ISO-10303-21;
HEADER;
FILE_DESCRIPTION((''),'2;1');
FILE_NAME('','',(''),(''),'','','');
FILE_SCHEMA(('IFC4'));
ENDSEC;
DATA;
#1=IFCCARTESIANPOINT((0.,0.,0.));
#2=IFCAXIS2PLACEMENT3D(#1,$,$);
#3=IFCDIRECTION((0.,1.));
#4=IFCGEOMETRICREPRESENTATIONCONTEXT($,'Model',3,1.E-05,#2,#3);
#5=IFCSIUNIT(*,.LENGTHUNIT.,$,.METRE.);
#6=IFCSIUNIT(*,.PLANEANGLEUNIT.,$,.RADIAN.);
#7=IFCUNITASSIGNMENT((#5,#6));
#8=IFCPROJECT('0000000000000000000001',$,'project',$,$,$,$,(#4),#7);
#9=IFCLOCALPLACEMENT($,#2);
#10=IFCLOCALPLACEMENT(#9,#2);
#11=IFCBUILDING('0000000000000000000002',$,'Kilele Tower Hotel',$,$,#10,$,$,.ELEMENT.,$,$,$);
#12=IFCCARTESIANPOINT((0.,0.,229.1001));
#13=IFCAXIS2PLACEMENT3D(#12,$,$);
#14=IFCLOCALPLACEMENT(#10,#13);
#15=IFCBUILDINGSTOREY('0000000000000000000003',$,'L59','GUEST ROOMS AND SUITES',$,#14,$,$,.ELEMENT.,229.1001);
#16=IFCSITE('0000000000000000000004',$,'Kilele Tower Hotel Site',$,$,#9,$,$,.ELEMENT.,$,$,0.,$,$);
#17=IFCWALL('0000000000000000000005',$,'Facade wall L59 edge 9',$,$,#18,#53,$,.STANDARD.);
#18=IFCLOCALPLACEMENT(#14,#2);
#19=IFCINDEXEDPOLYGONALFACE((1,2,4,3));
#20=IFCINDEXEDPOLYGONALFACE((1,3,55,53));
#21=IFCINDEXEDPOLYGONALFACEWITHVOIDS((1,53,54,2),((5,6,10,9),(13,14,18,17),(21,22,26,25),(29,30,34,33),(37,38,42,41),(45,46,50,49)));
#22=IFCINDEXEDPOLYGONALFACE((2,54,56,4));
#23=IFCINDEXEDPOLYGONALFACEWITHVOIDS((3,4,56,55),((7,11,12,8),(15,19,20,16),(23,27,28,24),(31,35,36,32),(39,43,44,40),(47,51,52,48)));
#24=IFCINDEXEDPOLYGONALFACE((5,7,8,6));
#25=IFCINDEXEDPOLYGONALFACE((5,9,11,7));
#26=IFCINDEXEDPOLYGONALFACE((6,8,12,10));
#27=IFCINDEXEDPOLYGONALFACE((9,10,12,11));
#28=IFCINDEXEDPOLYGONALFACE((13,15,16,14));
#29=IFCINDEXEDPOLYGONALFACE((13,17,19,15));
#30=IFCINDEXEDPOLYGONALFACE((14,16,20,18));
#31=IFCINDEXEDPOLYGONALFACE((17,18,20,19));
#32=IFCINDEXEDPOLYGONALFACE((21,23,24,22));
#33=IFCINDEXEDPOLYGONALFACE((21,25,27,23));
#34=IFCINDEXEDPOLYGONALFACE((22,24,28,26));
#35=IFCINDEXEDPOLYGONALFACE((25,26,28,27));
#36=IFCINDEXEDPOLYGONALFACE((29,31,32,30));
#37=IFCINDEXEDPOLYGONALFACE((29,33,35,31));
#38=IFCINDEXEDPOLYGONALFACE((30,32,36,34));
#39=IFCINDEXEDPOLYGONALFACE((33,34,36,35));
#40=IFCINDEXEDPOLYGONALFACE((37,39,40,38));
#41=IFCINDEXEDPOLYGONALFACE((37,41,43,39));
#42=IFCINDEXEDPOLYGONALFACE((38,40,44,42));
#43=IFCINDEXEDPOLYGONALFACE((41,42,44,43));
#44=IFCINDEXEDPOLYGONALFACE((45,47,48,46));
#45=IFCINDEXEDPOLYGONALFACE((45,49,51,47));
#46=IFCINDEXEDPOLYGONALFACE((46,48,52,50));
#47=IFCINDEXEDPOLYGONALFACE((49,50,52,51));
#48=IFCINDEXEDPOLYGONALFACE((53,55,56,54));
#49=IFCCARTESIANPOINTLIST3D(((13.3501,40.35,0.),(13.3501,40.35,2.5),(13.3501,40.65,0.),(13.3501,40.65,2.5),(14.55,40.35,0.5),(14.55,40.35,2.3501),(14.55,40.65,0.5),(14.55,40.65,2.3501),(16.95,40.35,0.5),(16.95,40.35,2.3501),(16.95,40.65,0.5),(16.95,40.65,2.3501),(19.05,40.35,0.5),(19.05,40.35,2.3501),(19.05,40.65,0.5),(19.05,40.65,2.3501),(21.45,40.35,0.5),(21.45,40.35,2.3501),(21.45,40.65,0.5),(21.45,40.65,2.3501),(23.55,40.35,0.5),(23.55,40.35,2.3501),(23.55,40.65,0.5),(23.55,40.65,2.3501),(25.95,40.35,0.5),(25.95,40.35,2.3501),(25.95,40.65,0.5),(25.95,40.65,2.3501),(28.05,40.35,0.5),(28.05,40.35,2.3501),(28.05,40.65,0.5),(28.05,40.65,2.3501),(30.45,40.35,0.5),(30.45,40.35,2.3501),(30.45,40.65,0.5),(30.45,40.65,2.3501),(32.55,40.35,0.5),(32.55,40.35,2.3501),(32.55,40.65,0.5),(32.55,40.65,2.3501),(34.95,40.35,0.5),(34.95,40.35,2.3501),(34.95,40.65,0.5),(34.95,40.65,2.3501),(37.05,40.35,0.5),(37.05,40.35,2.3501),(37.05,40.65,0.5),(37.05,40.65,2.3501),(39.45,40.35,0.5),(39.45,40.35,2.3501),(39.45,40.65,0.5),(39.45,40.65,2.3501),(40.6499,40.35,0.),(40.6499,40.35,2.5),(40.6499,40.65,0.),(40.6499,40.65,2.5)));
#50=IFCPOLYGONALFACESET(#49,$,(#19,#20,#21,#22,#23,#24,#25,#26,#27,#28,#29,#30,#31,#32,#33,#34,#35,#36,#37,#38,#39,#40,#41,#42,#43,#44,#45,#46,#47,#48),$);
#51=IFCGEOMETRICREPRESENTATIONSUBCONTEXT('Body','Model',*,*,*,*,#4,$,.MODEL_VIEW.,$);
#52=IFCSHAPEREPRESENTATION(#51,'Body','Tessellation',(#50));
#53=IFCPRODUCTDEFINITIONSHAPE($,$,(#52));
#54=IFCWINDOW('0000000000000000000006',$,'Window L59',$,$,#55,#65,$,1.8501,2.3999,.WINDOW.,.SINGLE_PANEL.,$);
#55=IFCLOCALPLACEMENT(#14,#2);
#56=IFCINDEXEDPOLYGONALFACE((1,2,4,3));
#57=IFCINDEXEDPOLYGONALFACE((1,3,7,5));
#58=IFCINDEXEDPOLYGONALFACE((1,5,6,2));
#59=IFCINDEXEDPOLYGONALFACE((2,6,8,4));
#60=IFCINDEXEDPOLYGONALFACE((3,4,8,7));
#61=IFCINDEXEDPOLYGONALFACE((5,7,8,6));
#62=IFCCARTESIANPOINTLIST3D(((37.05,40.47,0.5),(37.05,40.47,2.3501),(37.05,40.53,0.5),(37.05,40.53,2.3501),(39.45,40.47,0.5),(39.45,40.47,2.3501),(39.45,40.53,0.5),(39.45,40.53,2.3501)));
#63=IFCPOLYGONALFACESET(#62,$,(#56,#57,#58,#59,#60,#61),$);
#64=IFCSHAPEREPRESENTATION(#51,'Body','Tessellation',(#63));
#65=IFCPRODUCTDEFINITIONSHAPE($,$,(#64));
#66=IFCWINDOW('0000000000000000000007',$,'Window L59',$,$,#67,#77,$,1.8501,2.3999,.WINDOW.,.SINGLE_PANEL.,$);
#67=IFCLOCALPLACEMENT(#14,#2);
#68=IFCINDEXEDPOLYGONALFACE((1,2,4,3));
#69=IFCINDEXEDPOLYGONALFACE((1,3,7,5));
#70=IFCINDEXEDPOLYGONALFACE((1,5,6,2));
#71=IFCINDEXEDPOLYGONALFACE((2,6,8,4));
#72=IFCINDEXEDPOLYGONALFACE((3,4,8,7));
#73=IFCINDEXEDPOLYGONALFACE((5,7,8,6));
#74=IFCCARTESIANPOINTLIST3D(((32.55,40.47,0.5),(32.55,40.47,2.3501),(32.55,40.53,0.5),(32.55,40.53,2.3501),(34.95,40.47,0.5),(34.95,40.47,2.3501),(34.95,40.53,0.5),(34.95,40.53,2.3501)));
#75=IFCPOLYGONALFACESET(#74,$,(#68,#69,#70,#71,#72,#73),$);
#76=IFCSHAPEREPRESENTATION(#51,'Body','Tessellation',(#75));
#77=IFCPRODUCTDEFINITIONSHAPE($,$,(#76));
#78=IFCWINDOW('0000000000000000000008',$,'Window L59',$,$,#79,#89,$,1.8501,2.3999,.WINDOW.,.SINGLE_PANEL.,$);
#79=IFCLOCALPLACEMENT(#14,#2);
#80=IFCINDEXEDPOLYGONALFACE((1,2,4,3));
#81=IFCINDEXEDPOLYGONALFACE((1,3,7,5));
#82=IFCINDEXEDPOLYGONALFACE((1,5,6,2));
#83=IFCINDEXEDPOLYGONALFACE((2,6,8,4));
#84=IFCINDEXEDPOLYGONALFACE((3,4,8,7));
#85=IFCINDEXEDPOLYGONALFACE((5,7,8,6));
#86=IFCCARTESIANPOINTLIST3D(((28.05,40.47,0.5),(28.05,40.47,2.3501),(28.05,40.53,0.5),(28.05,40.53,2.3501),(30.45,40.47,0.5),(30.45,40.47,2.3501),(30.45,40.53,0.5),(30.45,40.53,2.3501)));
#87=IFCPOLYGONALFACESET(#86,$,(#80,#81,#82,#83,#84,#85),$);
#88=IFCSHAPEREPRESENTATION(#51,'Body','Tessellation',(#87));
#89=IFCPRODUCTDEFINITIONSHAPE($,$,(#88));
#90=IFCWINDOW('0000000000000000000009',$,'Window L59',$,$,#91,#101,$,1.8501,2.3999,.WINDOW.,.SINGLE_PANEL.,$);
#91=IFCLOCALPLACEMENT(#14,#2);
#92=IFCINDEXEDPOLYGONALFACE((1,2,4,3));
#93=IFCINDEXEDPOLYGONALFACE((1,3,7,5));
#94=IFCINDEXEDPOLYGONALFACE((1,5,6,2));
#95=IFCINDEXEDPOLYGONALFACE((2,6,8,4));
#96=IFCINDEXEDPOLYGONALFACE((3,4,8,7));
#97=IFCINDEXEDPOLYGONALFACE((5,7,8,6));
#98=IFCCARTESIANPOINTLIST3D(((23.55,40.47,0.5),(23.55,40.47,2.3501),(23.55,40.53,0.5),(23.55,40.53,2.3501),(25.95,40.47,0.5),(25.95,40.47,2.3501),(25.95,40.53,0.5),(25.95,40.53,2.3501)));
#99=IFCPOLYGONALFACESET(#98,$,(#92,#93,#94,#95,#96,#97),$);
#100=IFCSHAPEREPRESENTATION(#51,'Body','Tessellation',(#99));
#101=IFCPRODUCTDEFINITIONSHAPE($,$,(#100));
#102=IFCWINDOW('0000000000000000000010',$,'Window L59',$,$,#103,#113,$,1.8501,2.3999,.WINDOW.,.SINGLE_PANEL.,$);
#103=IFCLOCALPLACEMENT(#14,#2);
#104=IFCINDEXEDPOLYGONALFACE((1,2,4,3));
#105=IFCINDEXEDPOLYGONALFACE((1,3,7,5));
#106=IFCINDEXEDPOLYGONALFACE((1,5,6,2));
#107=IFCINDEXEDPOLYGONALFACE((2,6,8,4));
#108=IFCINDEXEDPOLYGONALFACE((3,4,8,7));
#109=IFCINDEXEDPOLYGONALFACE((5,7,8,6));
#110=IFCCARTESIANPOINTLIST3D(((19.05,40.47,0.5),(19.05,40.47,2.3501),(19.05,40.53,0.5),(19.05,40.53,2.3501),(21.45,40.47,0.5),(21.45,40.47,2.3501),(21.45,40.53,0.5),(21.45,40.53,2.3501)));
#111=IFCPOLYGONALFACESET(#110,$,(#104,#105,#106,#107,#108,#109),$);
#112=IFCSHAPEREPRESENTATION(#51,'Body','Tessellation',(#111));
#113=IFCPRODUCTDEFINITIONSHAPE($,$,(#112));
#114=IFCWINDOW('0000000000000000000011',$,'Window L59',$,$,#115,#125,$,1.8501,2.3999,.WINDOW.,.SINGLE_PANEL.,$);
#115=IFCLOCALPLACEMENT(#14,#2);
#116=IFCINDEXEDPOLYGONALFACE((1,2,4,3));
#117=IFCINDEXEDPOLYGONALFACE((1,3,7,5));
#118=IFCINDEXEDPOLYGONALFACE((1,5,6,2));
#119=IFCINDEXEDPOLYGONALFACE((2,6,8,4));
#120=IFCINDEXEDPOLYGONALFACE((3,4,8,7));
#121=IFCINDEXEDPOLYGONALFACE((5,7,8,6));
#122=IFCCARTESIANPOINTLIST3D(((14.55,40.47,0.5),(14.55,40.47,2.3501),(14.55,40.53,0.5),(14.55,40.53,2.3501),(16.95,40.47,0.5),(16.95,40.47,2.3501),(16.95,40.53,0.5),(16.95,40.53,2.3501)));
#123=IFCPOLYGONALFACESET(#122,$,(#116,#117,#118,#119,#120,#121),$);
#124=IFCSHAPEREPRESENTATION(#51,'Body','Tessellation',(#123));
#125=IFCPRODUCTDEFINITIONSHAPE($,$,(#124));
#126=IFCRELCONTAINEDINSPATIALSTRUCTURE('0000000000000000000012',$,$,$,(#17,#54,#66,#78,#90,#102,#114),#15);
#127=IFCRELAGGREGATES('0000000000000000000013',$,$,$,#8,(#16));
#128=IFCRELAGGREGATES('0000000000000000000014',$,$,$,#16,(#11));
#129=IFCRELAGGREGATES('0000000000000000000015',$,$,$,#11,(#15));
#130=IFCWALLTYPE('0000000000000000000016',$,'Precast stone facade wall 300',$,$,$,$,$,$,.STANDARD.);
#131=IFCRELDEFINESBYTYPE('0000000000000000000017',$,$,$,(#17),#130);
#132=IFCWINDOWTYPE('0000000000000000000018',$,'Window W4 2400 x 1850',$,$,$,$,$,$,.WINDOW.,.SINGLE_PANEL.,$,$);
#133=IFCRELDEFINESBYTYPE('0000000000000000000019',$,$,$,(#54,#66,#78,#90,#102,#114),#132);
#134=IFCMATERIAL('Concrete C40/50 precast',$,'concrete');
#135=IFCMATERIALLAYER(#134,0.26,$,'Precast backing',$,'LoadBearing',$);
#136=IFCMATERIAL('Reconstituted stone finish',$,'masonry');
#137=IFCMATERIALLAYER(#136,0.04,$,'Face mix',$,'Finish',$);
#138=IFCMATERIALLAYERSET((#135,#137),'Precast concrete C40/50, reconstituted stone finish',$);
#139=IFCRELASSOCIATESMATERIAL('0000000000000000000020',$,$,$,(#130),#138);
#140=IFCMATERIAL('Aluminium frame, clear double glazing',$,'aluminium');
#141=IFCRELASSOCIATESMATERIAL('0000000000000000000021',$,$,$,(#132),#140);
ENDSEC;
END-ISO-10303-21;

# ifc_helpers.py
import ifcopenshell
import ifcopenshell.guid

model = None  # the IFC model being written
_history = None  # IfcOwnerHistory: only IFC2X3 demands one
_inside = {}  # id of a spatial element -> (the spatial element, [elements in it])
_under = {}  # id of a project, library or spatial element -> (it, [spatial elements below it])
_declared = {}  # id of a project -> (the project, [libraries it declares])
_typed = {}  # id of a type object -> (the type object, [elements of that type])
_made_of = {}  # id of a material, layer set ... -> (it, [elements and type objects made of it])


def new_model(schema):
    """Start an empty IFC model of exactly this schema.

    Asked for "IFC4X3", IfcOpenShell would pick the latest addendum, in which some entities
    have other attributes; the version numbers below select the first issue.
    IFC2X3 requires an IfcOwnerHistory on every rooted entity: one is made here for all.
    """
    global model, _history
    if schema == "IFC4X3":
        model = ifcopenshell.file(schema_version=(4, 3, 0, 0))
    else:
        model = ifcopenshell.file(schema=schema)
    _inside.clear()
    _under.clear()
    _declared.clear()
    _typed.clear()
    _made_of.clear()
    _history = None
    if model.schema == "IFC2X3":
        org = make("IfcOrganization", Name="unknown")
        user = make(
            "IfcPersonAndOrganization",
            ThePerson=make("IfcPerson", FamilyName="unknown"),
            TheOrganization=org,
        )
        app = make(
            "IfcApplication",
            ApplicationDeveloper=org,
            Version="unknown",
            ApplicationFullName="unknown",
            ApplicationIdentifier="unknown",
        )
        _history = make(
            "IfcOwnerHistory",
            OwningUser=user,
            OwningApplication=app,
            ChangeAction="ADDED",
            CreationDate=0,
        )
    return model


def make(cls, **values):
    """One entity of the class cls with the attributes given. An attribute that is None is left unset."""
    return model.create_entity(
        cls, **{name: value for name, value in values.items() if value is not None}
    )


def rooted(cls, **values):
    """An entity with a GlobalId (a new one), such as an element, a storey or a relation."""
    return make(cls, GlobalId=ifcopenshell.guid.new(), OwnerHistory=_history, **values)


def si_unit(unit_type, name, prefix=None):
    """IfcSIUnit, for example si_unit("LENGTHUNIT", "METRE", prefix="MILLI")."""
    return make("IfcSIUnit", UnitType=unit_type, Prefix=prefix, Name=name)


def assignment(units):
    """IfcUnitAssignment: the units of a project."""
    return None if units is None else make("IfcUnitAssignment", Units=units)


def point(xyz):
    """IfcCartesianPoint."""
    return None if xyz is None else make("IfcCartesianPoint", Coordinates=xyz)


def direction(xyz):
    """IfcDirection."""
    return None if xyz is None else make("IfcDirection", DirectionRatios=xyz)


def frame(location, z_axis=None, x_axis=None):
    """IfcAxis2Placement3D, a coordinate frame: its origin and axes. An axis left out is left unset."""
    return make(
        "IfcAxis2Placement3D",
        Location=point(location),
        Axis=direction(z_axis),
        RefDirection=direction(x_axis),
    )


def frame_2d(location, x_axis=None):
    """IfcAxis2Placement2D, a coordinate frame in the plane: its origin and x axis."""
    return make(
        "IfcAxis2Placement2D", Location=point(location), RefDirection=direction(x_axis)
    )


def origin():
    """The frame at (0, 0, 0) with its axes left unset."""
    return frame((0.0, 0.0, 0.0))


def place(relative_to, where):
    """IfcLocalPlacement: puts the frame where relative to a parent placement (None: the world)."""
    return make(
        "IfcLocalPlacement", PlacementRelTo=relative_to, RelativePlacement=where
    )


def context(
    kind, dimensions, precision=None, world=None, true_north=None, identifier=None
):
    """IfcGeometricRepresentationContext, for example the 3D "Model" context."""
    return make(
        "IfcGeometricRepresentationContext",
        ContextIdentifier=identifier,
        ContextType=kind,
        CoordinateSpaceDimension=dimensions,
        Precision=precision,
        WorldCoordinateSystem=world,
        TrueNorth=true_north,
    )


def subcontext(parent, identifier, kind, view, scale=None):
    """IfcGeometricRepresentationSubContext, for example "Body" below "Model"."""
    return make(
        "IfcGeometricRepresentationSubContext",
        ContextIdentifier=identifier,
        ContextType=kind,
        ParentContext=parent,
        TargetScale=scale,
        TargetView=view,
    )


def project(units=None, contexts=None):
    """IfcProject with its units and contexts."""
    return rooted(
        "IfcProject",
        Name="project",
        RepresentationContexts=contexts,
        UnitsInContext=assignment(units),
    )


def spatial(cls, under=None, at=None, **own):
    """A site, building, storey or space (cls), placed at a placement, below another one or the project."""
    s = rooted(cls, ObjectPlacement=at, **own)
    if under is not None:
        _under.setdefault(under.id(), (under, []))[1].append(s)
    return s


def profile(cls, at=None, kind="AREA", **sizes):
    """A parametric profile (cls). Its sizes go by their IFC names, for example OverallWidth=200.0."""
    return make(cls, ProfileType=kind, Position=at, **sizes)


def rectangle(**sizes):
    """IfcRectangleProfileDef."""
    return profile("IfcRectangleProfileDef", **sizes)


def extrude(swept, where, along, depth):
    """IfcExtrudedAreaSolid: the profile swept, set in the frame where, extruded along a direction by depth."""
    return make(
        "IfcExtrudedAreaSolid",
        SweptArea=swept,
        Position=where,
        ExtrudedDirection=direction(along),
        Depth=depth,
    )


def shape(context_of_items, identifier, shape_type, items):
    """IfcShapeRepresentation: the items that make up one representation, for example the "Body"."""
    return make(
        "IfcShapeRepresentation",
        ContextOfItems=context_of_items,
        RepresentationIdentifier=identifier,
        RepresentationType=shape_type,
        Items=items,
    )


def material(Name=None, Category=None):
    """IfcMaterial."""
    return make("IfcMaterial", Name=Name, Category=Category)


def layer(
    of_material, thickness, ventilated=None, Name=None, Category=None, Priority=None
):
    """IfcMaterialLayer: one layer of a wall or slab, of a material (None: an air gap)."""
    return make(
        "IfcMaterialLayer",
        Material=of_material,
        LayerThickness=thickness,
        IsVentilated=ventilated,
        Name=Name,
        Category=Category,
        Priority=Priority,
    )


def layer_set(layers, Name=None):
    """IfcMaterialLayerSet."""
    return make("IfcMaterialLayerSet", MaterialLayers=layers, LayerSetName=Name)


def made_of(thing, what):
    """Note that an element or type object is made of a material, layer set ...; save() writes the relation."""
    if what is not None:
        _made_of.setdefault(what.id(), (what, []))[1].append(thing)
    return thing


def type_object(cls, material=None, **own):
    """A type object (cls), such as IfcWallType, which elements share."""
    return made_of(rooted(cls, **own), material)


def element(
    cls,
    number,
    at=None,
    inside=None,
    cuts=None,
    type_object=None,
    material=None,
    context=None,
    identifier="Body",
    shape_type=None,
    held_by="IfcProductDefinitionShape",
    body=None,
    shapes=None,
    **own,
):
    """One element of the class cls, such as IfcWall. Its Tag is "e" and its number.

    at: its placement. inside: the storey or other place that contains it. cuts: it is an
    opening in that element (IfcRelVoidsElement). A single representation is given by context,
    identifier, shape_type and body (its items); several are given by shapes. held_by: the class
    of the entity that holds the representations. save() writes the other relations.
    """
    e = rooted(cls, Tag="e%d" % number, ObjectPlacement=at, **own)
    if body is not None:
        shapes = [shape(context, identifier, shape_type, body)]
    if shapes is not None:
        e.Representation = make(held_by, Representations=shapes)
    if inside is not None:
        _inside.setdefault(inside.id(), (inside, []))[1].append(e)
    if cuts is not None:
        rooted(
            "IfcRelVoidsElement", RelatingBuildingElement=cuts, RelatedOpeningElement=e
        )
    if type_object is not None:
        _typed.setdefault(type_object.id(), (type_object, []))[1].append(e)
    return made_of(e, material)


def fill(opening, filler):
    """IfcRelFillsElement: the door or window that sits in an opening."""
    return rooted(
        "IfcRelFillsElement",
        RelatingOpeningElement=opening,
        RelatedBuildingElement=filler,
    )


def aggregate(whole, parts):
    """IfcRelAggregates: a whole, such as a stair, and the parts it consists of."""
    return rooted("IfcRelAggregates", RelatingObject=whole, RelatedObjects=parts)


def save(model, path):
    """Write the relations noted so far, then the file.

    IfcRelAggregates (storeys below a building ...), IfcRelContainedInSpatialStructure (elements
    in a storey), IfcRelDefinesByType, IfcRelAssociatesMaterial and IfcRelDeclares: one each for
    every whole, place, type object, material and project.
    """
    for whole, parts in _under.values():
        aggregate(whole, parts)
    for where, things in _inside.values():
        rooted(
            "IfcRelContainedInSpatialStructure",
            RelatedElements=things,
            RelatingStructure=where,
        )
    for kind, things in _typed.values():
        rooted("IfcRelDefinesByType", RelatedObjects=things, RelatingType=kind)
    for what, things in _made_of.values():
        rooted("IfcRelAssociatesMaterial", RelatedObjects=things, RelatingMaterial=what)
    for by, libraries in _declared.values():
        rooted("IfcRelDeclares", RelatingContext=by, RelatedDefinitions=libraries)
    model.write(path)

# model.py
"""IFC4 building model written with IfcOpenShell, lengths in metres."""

from ifc_helpers import new_model, si_unit, direction, frame, frame_2d, origin, place, context, subcontext, project, spatial, rectangle, extrude, material, layer, layer_set, type_object, element, fill, save


model = new_model("IFC4")

# Units and contexts
model_context = context("Model", 3, precision=1e-05, world=origin(), true_north=direction((0.0, 1.0)))
body_context = subcontext(model_context, "Body", "Model", "MODEL_VIEW")
ifc_project = project(units=[si_unit("LENGTHUNIT", "METRE"), si_unit("PLANEANGLEUNIT", "RADIAN")], contexts=[model_context])

# Site, building, storey
site_placement = place(None, origin())
site = spatial("IfcSite", under=ifc_project, at=site_placement, Name="Kilele Tower Hotel Site", CompositionType="ELEMENT", RefElevation=0.0)
building_placement = place(site_placement, origin())
building = spatial("IfcBuilding", under=site, at=building_placement, Name="Kilele Tower Hotel", CompositionType="ELEMENT")
storey_placement = place(building_placement, frame((0.0, 0.0, 229.1001)))
storey = spatial("IfcBuildingStorey", under=building, at=storey_placement, Name="L59", Description="GUEST ROOMS AND SUITES", CompositionType="ELEMENT", Elevation=229.1001)

# Shared definitions
ifc_material_1 = material(Name="Concrete C40/50 precast", Category="concrete")
ifc_layer_1 = layer(ifc_material_1, 0.26, Name="Precast backing", Category="LoadBearing")
ifc_material_2 = material(Name="Reconstituted stone finish", Category="masonry")
ifc_layer_2 = layer(ifc_material_2, 0.04, Name="Face mix", Category="Finish")
ifc_layer_set = layer_set([ifc_layer_1, ifc_layer_2], Name="Precast concrete C40/50, reconstituted stone finish")
wall_type = type_object("IfcWallType", Name="Precast stone facade wall 300", PredefinedType="STANDARD", material=ifc_layer_set)
ifc_material_3 = material(Name="Aluminium frame, clear double glazing", Category="aluminium")
window_type = type_object("IfcWindowType", Name="Window W4 2400 x 1850", PartitioningType="SINGLE_PANEL", PredefinedType="WINDOW", material=ifc_material_3)

# Wall, openings, windows
wall_1_placement = place(storey_placement, frame((40.6499, 40.5, 0.0), z_axis=(0.0, 0.0, 1.0), x_axis=(-1.0, 0.0, 0.0)))
wall_1 = element("IfcWall", 1, at=wall_1_placement, inside=storey, type_object=wall_type, Name="Facade wall L59 edge 9", PredefinedType="STANDARD", context=body_context, shape_type="SweptSolid", body=[
    extrude(rectangle(XDim=27.2998, YDim=0.3, at=frame_2d((13.6499, 0.0))), origin(), (0.0, 0.0, 1.0), 2.5),
])
opening_1_placement = place(wall_1_placement, frame((1.2, 0.0, 0.5)))
opening_1 = element("IfcOpeningElement", 2, at=opening_1_placement, cuts=wall_1, PredefinedType="OPENING", context=body_context, shape_type="SweptSolid", body=[
    extrude(rectangle(XDim=2.3999, YDim=1.8501, at=frame_2d((1.2, 0.925))), frame((0.0, 0.1599, 0.0), z_axis=(0.0, -1.0, 0.0), x_axis=(1.0, 0.0, 0.0)), (0.0, 0.0, 1.0), 0.3201),
])
opening_2_placement = place(wall_1_placement, frame((5.7, 0.0, 0.5)))
opening_2 = element("IfcOpeningElement", 3, at=opening_2_placement, cuts=wall_1, PredefinedType="OPENING", context=body_context, shape_type="SweptSolid", body=[
    extrude(rectangle(XDim=2.3999, YDim=1.8501, at=frame_2d((1.2, 0.925))), frame((0.0, 0.1599, 0.0), z_axis=(0.0, -1.0, 0.0), x_axis=(1.0, 0.0, 0.0)), (0.0, 0.0, 1.0), 0.3201),
])
opening_3_placement = place(wall_1_placement, frame((10.2, 0.0, 0.5)))
opening_3 = element("IfcOpeningElement", 4, at=opening_3_placement, cuts=wall_1, PredefinedType="OPENING", context=body_context, shape_type="SweptSolid", body=[
    extrude(rectangle(XDim=2.3999, YDim=1.8501, at=frame_2d((1.2, 0.925))), frame((0.0, 0.1599, 0.0), z_axis=(0.0, -1.0, 0.0), x_axis=(1.0, 0.0, 0.0)), (0.0, 0.0, 1.0), 0.3201),
])
opening_4_placement = place(wall_1_placement, frame((14.7, 0.0, 0.5)))
opening_4 = element("IfcOpeningElement", 5, at=opening_4_placement, cuts=wall_1, PredefinedType="OPENING", context=body_context, shape_type="SweptSolid", body=[
    extrude(rectangle(XDim=2.3999, YDim=1.8501, at=frame_2d((1.2, 0.925))), frame((0.0, 0.1599, 0.0), z_axis=(0.0, -1.0, 0.0), x_axis=(1.0, 0.0, 0.0)), (0.0, 0.0, 1.0), 0.3201),
])
opening_5_placement = place(wall_1_placement, frame((19.2, 0.0, 0.5)))
opening_5 = element("IfcOpeningElement", 6, at=opening_5_placement, cuts=wall_1, PredefinedType="OPENING", context=body_context, shape_type="SweptSolid", body=[
    extrude(rectangle(XDim=2.3999, YDim=1.8501, at=frame_2d((1.2, 0.925))), frame((0.0, 0.1599, 0.0), z_axis=(0.0, -1.0, 0.0), x_axis=(1.0, 0.0, 0.0)), (0.0, 0.0, 1.0), 0.3201),
])
opening_6_placement = place(wall_1_placement, frame((23.7, 0.0, 0.5)))
opening_6 = element("IfcOpeningElement", 7, at=opening_6_placement, cuts=wall_1, PredefinedType="OPENING", context=body_context, shape_type="SweptSolid", body=[
    extrude(rectangle(XDim=2.3999, YDim=1.8501, at=frame_2d((1.2, 0.925))), frame((0.0, 0.1599, 0.0), z_axis=(0.0, -1.0, 0.0), x_axis=(1.0, 0.0, 0.0)), (0.0, 0.0, 1.0), 0.3201),
])
window_1_placement = place(opening_1_placement, origin())
window_1 = element("IfcWindow", 8, at=window_1_placement, inside=storey, type_object=window_type, Name="Window L59", OverallHeight=1.8501, OverallWidth=2.3999, PartitioningType="SINGLE_PANEL", PredefinedType="WINDOW", context=body_context, shape_type="SweptSolid", body=[
    extrude(rectangle(XDim=2.3999, YDim=1.8501, at=frame_2d((1.2, 0.925))), frame((0.0, 0.03, 0.0), z_axis=(0.0, -1.0, 0.0), x_axis=(1.0, 0.0, 0.0)), (0.0, 0.0, 1.0), 0.0601),
])
fill(opening_1, window_1)
window_2_placement = place(opening_2_placement, origin())
window_2 = element("IfcWindow", 9, at=window_2_placement, inside=storey, type_object=window_type, Name="Window L59", OverallHeight=1.8501, OverallWidth=2.3999, PartitioningType="SINGLE_PANEL", PredefinedType="WINDOW", context=body_context, shape_type="SweptSolid", body=[
    extrude(rectangle(XDim=2.3999, YDim=1.8501, at=frame_2d((1.2, 0.925))), frame((0.0, 0.03, 0.0), z_axis=(0.0, -1.0, 0.0), x_axis=(1.0, 0.0, 0.0)), (0.0, 0.0, 1.0), 0.0601),
])
fill(opening_2, window_2)
window_3_placement = place(opening_3_placement, origin())
window_3 = element("IfcWindow", 10, at=window_3_placement, inside=storey, type_object=window_type, Name="Window L59", OverallHeight=1.8501, OverallWidth=2.3999, PartitioningType="SINGLE_PANEL", PredefinedType="WINDOW", context=body_context, shape_type="SweptSolid", body=[
    extrude(rectangle(XDim=2.3999, YDim=1.8501, at=frame_2d((1.2, 0.925))), frame((0.0, 0.03, 0.0), z_axis=(0.0, -1.0, 0.0), x_axis=(1.0, 0.0, 0.0)), (0.0, 0.0, 1.0), 0.0601),
])
fill(opening_3, window_3)
window_4_placement = place(opening_4_placement, origin())
window_4 = element("IfcWindow", 11, at=window_4_placement, inside=storey, type_object=window_type, Name="Window L59", OverallHeight=1.8501, OverallWidth=2.3999, PartitioningType="SINGLE_PANEL", PredefinedType="WINDOW", context=body_context, shape_type="SweptSolid", body=[
    extrude(rectangle(XDim=2.3999, YDim=1.8501, at=frame_2d((1.2, 0.925))), frame((0.0, 0.03, 0.0), z_axis=(0.0, -1.0, 0.0), x_axis=(1.0, 0.0, 0.0)), (0.0, 0.0, 1.0), 0.0601),
])
fill(opening_4, window_4)
window_5_placement = place(opening_5_placement, origin())
window_5 = element("IfcWindow", 12, at=window_5_placement, inside=storey, type_object=window_type, Name="Window L59", OverallHeight=1.8501, OverallWidth=2.3999, PartitioningType="SINGLE_PANEL", PredefinedType="WINDOW", context=body_context, shape_type="SweptSolid", body=[
    extrude(rectangle(XDim=2.3999, YDim=1.8501, at=frame_2d((1.2, 0.925))), frame((0.0, 0.03, 0.0), z_axis=(0.0, -1.0, 0.0), x_axis=(1.0, 0.0, 0.0)), (0.0, 0.0, 1.0), 0.0601),
])
fill(opening_5, window_5)
window_6_placement = place(opening_6_placement, origin())
window_6 = element("IfcWindow", 13, at=window_6_placement, inside=storey, type_object=window_type, Name="Window L59", OverallHeight=1.8501, OverallWidth=2.3999, PartitioningType="SINGLE_PANEL", PredefinedType="WINDOW", context=body_context, shape_type="SweptSolid", body=[
    extrude(rectangle(XDim=2.3999, YDim=1.8501, at=frame_2d((1.2, 0.925))), frame((0.0, 0.03, 0.0), z_axis=(0.0, -1.0, 0.0), x_axis=(1.0, 0.0, 0.0)), (0.0, 0.0, 1.0), 0.0601),
])
fill(opening_6, window_6)

save(model, "model.ifc")
